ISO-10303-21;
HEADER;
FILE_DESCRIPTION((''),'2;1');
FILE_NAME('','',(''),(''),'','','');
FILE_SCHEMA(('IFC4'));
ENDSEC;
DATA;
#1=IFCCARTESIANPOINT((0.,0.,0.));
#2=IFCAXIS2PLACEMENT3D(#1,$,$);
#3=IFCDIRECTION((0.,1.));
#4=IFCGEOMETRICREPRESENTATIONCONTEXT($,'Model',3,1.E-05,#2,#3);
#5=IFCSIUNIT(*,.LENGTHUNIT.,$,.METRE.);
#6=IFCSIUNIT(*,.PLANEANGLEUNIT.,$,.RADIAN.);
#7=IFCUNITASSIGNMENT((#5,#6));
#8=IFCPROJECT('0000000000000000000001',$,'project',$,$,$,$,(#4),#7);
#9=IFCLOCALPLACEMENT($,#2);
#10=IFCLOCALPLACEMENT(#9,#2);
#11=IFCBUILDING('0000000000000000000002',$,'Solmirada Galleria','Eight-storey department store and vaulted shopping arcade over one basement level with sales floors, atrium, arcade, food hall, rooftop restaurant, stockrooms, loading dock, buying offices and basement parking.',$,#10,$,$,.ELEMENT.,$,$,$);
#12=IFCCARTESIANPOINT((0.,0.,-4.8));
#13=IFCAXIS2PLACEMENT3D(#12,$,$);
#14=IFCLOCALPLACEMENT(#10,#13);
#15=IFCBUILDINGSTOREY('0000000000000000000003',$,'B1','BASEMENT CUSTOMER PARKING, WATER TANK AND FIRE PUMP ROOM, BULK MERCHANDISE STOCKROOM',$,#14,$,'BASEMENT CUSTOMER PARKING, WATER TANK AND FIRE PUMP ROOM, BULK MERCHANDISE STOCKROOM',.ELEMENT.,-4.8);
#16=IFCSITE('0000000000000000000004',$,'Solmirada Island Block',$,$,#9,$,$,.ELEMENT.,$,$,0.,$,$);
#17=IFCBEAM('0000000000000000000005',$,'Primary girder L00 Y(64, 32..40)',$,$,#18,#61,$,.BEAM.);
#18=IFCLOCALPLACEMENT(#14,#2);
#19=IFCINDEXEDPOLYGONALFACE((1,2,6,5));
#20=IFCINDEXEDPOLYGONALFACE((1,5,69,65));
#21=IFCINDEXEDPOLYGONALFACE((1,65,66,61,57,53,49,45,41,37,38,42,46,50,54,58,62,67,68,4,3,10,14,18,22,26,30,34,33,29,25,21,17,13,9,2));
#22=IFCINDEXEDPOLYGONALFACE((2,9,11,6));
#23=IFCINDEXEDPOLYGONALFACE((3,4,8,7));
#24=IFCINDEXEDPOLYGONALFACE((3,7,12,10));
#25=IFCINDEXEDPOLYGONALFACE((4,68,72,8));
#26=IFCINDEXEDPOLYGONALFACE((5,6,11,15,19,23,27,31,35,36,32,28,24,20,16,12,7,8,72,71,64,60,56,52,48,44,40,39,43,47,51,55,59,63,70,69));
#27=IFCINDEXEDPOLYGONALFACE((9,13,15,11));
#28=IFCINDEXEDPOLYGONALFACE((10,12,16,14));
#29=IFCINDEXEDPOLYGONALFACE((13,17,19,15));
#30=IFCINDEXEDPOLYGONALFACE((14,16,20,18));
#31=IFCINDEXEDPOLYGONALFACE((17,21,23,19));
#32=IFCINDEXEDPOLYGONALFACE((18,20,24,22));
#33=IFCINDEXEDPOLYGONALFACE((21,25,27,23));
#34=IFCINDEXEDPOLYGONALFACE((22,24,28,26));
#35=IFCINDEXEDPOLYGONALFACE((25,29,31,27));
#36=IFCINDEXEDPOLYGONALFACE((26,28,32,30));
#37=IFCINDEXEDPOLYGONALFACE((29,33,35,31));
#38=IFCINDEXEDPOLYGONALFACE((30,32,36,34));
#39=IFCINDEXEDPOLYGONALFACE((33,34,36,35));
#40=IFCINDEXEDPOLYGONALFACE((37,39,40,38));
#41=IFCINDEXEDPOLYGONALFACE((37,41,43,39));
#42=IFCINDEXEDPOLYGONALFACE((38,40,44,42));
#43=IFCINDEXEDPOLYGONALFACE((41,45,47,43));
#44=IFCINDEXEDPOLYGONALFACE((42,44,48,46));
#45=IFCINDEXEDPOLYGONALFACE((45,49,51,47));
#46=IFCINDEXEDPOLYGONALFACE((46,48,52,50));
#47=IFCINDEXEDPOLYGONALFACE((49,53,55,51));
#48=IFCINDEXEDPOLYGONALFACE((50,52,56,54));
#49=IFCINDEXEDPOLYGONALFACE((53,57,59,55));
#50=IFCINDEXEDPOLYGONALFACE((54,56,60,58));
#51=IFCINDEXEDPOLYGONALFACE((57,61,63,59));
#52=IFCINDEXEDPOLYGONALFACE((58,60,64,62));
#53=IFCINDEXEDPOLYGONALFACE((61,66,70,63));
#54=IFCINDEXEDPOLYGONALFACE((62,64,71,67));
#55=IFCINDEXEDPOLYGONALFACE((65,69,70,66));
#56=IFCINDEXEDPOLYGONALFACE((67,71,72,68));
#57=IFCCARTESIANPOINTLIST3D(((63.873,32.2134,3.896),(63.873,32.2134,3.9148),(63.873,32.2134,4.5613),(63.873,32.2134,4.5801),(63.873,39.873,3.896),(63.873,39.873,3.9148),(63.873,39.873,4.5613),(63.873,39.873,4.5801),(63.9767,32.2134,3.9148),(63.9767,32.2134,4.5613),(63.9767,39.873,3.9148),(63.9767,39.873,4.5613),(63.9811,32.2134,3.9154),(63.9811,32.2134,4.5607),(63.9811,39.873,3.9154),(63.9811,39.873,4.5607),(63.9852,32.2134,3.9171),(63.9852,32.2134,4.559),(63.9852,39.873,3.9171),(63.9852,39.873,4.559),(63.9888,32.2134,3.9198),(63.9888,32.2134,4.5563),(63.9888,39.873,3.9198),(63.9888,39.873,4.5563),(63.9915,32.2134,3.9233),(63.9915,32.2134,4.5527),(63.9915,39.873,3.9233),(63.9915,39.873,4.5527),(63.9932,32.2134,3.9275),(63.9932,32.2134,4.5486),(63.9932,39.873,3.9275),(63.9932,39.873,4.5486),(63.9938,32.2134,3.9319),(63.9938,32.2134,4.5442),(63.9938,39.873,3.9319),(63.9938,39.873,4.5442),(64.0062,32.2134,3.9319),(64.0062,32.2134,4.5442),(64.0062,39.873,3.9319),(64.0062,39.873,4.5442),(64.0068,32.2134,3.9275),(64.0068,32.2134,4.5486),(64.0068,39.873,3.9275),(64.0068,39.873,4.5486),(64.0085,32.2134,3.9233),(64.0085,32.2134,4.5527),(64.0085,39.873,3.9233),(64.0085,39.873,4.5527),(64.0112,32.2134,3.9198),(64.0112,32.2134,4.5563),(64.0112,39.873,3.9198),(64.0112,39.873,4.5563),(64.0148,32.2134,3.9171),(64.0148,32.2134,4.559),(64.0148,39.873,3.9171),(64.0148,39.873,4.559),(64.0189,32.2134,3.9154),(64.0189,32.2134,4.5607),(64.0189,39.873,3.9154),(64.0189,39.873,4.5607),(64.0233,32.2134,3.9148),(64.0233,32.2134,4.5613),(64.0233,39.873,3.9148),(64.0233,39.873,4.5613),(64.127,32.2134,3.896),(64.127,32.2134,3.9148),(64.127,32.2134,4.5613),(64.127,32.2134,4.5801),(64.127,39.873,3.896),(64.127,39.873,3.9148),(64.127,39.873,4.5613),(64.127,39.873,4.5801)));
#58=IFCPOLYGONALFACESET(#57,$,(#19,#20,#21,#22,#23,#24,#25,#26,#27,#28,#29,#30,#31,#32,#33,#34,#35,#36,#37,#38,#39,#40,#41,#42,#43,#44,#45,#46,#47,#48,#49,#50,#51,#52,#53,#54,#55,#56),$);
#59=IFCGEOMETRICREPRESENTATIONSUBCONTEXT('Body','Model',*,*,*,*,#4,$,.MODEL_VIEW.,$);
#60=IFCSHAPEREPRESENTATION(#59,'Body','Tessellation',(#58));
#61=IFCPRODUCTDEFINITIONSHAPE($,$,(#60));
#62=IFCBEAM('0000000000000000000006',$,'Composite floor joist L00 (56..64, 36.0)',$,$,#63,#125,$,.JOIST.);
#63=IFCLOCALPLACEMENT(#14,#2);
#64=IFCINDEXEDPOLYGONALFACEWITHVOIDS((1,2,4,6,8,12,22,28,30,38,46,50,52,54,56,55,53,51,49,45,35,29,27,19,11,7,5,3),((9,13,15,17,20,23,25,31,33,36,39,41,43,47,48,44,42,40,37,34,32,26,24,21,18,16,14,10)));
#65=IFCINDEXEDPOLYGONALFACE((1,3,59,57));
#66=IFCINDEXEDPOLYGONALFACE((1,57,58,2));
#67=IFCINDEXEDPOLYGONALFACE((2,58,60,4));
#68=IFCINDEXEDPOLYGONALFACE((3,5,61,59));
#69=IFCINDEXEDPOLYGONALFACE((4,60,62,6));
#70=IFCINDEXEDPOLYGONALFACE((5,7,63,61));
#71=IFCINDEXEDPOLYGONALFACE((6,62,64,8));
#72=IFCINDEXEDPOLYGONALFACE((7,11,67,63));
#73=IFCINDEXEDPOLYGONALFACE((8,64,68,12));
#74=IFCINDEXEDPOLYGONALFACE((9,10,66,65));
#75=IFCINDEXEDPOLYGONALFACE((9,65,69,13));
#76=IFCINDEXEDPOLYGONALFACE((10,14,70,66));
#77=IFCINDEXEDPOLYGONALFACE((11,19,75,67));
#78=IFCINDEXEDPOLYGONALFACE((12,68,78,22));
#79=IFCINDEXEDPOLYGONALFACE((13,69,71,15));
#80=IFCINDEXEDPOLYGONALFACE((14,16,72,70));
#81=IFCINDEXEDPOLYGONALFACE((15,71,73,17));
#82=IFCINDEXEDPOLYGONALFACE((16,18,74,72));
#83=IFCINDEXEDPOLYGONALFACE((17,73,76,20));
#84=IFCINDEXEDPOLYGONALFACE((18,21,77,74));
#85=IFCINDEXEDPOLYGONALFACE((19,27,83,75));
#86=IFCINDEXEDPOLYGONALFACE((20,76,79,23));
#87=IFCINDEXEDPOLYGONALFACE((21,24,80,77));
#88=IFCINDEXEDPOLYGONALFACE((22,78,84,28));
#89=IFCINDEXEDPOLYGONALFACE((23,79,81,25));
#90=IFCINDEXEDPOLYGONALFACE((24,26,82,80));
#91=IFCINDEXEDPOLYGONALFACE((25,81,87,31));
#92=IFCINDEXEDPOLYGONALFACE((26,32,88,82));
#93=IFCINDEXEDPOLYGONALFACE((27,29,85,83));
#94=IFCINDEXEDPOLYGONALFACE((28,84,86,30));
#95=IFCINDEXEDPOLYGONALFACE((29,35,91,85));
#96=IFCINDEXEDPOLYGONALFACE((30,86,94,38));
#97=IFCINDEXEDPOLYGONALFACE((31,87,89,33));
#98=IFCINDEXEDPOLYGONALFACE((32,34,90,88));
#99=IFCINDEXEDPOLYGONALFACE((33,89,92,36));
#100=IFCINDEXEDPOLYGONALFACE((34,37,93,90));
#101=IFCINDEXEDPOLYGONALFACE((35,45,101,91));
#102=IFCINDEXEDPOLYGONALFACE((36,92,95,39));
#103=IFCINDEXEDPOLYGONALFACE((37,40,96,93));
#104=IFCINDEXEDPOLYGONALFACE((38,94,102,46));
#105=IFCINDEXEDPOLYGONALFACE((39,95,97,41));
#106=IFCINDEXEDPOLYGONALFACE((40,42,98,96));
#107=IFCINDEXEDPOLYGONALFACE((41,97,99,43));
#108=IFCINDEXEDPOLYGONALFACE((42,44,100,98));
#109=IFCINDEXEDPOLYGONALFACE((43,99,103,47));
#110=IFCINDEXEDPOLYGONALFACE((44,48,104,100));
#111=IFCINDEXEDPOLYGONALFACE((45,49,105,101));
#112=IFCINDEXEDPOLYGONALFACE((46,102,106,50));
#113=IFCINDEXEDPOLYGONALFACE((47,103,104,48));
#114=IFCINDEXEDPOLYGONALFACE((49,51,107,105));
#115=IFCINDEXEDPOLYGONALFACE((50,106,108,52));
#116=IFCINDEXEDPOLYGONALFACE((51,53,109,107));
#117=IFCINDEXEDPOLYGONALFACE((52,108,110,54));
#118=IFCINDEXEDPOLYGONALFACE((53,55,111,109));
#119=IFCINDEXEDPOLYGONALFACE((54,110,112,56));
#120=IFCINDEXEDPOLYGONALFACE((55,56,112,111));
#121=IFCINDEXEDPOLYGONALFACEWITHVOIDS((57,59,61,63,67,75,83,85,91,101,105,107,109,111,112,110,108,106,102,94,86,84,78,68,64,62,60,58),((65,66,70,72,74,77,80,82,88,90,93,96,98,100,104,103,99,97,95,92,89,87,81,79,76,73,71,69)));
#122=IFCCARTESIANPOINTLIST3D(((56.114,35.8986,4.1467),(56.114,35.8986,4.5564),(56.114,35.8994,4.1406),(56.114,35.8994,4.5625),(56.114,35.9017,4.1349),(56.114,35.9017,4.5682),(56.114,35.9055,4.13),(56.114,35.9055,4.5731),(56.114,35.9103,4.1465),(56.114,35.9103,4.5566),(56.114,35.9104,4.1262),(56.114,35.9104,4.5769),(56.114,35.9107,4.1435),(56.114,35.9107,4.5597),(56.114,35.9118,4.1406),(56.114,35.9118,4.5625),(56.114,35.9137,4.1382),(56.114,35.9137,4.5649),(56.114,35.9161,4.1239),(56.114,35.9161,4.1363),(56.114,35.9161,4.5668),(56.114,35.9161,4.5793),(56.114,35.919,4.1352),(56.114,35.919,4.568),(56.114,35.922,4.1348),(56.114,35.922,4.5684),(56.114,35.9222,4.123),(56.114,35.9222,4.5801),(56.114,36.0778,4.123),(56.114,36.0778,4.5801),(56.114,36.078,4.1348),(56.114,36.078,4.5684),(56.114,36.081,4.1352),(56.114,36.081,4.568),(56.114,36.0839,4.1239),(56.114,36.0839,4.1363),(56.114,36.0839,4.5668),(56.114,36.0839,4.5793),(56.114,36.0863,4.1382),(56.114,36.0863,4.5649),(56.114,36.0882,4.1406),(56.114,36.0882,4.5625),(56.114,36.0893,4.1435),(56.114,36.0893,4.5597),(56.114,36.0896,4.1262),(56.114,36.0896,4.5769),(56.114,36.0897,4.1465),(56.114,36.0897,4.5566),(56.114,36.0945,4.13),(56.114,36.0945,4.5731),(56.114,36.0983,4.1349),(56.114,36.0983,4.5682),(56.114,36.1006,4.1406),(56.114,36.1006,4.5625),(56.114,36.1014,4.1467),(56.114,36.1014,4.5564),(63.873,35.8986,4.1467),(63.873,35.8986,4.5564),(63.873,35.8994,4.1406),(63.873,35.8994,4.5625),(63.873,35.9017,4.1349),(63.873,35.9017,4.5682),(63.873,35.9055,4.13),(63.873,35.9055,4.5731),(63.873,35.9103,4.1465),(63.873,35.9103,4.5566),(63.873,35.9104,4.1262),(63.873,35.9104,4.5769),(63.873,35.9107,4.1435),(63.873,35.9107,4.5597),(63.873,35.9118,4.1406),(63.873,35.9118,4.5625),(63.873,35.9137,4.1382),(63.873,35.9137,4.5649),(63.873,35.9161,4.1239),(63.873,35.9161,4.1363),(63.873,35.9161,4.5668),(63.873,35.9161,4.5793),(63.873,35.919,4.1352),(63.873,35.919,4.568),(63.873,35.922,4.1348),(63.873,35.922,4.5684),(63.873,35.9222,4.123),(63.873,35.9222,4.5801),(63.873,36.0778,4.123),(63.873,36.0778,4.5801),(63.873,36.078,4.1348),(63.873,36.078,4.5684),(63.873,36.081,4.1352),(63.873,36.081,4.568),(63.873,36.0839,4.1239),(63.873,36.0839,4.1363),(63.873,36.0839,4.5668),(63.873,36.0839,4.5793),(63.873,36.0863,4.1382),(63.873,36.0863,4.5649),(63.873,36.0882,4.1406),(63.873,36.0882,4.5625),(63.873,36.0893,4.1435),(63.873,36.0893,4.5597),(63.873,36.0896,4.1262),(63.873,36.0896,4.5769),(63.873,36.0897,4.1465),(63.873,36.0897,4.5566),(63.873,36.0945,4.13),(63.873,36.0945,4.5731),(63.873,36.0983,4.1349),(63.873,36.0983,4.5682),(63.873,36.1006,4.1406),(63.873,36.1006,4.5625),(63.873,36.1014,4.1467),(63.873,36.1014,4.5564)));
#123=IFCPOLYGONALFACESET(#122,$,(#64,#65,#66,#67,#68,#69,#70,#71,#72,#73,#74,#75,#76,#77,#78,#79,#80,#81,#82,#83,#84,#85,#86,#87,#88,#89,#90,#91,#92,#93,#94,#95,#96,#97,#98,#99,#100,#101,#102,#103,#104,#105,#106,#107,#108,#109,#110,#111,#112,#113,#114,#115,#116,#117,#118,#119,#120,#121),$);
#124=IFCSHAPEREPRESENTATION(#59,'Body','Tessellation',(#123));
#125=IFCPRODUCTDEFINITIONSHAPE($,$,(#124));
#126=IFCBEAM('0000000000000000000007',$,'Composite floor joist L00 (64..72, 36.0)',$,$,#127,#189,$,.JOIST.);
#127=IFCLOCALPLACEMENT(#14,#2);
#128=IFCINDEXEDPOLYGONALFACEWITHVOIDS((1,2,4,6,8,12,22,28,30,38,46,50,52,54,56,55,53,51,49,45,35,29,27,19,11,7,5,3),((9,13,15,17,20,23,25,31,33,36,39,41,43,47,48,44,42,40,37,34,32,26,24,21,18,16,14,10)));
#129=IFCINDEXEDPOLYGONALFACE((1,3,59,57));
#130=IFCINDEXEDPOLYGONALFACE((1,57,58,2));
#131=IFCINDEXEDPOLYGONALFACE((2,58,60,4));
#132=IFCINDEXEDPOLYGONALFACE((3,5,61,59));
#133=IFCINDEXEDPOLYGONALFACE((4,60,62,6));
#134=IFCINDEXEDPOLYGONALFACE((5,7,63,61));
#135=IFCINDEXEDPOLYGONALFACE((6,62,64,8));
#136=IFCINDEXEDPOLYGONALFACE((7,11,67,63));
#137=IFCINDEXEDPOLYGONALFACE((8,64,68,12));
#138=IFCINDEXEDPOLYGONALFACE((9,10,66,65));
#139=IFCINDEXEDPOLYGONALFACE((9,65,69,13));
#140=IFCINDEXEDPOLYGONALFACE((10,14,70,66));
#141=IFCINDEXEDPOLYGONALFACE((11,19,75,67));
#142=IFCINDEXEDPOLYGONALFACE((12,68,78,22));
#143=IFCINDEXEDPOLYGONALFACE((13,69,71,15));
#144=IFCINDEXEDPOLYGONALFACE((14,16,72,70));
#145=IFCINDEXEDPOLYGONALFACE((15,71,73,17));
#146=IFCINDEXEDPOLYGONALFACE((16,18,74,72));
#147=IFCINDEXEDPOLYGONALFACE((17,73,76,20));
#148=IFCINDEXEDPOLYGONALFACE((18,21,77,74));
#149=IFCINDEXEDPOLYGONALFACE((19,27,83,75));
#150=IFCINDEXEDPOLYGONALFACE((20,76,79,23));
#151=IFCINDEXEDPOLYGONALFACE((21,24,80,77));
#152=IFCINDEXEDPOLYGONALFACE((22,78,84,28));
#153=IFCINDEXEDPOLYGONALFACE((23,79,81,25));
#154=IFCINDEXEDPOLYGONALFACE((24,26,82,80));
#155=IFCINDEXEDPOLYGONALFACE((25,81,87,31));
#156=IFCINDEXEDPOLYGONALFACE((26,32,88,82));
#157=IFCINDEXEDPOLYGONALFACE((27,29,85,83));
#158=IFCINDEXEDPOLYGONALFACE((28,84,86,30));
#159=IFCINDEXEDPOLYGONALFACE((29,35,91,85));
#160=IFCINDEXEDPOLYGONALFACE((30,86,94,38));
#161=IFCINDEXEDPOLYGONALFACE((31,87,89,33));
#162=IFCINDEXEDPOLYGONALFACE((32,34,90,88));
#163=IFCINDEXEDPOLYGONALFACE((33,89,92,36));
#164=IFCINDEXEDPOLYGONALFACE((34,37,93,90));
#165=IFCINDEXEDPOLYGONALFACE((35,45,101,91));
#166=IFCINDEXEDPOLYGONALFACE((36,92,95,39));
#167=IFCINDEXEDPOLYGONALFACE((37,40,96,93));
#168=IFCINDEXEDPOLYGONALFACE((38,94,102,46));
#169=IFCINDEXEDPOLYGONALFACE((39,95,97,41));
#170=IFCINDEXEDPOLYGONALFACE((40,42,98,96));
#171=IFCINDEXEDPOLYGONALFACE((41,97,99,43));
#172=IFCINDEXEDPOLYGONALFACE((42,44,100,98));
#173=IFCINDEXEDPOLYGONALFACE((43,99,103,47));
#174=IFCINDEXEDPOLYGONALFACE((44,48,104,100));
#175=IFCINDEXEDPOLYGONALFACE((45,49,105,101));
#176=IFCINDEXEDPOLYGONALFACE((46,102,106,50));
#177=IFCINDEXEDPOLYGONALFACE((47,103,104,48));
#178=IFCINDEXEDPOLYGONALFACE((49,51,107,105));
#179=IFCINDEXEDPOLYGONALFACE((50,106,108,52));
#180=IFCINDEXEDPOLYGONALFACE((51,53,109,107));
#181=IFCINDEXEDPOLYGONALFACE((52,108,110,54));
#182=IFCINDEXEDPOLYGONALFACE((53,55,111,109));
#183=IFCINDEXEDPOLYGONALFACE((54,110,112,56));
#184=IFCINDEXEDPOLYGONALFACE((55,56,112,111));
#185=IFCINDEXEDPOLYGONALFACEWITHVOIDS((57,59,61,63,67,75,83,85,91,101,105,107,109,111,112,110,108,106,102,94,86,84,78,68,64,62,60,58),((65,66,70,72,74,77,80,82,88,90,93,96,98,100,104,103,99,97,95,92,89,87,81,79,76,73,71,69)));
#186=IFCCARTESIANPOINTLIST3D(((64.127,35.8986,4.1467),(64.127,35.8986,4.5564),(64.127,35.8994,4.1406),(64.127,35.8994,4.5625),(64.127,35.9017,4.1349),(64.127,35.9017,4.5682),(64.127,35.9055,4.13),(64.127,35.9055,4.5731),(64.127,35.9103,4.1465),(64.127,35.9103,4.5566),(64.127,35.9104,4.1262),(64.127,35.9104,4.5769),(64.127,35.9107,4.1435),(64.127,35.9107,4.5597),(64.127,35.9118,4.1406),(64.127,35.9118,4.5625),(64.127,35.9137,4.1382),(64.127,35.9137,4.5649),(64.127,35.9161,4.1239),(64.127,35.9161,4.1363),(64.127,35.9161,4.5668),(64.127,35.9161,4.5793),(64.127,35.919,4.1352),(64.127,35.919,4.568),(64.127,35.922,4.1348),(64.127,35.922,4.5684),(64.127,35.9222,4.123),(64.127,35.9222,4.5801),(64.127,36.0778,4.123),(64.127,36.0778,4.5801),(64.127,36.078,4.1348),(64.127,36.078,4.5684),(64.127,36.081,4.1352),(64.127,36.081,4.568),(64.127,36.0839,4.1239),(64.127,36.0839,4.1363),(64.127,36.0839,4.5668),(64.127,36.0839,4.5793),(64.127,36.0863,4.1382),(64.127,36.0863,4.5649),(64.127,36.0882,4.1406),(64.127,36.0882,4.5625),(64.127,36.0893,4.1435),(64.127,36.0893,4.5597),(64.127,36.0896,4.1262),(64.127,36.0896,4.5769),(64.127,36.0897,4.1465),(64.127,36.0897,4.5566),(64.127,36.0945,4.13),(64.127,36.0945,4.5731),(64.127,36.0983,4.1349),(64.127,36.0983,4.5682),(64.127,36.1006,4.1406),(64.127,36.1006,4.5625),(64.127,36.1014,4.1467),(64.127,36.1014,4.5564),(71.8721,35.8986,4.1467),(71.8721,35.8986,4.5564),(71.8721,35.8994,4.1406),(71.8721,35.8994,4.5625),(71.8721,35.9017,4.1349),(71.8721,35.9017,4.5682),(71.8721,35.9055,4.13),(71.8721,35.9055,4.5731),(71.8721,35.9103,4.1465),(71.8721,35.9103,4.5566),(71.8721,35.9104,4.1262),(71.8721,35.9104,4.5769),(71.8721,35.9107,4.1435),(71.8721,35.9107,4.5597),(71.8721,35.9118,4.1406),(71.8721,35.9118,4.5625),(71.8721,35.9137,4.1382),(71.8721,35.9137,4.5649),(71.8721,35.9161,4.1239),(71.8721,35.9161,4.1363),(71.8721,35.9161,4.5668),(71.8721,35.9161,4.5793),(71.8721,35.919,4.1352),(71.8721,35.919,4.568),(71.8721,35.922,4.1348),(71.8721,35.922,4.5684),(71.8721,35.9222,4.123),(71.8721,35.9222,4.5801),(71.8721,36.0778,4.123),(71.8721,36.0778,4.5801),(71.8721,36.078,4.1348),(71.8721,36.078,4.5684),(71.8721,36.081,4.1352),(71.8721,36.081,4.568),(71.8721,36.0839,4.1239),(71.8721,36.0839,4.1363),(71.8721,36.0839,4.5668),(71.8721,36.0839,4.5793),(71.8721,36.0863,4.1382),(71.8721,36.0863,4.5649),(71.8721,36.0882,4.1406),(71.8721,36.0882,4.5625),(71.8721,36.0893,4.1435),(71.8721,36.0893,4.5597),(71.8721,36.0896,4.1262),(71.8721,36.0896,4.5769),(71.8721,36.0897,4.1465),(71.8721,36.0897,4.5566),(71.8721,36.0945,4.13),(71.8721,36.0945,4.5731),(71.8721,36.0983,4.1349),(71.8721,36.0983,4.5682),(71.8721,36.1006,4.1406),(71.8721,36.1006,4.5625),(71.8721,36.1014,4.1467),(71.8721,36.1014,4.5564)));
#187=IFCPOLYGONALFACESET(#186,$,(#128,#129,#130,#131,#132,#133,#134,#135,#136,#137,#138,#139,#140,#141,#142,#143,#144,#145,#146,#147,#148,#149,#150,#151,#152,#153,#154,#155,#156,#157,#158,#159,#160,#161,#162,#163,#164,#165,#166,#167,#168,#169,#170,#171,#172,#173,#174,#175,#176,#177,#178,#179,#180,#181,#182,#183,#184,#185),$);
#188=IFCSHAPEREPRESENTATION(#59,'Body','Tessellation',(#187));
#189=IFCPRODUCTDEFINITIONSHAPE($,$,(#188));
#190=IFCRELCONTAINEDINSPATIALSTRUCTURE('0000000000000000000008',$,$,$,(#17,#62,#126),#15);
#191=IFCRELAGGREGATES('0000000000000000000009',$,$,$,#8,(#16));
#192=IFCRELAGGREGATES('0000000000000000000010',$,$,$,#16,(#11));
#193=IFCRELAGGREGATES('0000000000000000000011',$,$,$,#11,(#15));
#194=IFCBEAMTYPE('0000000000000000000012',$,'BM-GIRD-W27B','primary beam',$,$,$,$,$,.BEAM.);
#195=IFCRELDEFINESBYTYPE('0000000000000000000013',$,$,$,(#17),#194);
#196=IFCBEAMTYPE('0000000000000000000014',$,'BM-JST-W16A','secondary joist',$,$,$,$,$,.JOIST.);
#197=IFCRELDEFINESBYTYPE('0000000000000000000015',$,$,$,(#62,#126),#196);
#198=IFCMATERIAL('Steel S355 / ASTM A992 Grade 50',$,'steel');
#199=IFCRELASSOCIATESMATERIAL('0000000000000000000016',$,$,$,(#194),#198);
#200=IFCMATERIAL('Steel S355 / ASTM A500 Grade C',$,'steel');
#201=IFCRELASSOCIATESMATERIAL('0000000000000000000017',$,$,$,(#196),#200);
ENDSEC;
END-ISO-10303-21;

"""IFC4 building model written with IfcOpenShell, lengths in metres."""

from ifc_helpers import new_model, si_unit, direction, frame, origin, origin_2d, place, context, subcontext, project, spatial, hollow_rectangle, i_section, extrude, material, material_profile, profile_set, type_object, element, save


model = new_model("IFC4")

# Units and contexts
model_context = context("Model", 3, precision=1e-05, world=origin(), true_north=direction((0.0, 1.0)))
body_context = subcontext(model_context, "Body", "Model", "MODEL_VIEW")
ifc_project = project(units=[si_unit("LENGTHUNIT", "METRE"), si_unit("PLANEANGLEUNIT", "RADIAN")], contexts=[model_context])

# Site, building, storey
site_placement = place(None, origin())
site = spatial("IfcSite", under=ifc_project, at=site_placement, Name="Solmirada Island Block", CompositionType="ELEMENT", RefElevation=0.0)
building_placement = place(site_placement, origin())
building = spatial("IfcBuilding", under=site, at=building_placement, Name="Solmirada Galleria", Description="Eight-storey department store and vaulted shopping arcade over one basement level with sales floors, atrium, arcade, food hall, rooftop restaurant, stockrooms, loading dock, buying offices and basement parking.", CompositionType="ELEMENT")
storey_placement = place(building_placement, frame((0.0, 0.0, -4.8)))
storey = spatial("IfcBuildingStorey", under=building, at=storey_placement, Name="B1", Description="BASEMENT CUSTOMER PARKING, WATER TANK AND FIRE PUMP ROOM, BULK MERCHANDISE STOCKROOM", LongName="BASEMENT CUSTOMER PARKING, WATER TANK AND FIRE PUMP ROOM, BULK MERCHANDISE STOCKROOM", CompositionType="ELEMENT", Elevation=-4.8)

# Shared definitions
ifc_material_1 = material(Name="Steel S355 / ASTM A500 Grade C", Category="steel")

# Beams
ifc_material_2 = material(Name="Steel S355 / ASTM A992 Grade 50", Category="steel")
ifc_material_profile_1 = material_profile(ifc_material_2, i_section(OverallWidth=0.2539, OverallDepth=0.6841, WebThickness=0.0125, FlangeThickness=0.0188, FilletRadius=0.0171, at=origin_2d()), Name="W27X94")
ifc_profile_set_1 = profile_set([ifc_material_profile_1], Name="Steel S355 / ASTM A992 Grade 50")
beam_type_1 = type_object("IfcBeamType", Name="BM-GIRD-W27B", Description="primary beam", PredefinedType="BEAM", material=ifc_profile_set_1)
beam_1_placement = place(storey_placement, frame((64.0, 32.2134, 4.238), z_axis=(0.0, 1.0, 0.0), x_axis=(-1.0, 0.0, 0.0)))
element("IfcBeam", 1, at=beam_1_placement, inside=storey, type_object=beam_type_1, Name="Primary girder L00 Y(64, 32..40)", PredefinedType="BEAM", context=body_context, shape_type="SweptSolid", body=[
    extrude(i_section(OverallWidth=0.2539, OverallDepth=0.6841, WebThickness=0.0125, FlangeThickness=0.0188, FilletRadius=0.0171, at=origin_2d()), origin(), (0.0, 0.0, 1.0), 7.6597),
])
ifc_material_profile_2 = material_profile(ifc_material_1, hollow_rectangle(XDim=0.2029, YDim=0.457, WallThickness=0.0117, InnerFilletRadius=0.0117, OuterFilletRadius=0.0237, at=origin_2d()), Name="HSS18X8X1/2")
ifc_profile_set_2 = profile_set([ifc_material_profile_2], Name="Steel S355 / ASTM A500 Grade C")
beam_type_2 = type_object("IfcBeamType", Name="BM-JST-W16A", Description="secondary joist", PredefinedType="JOIST", material=ifc_profile_set_2)
beam_2_placement = place(storey_placement, frame((56.114, 36.0, 4.3516), z_axis=(1.0, 0.0, 0.0), x_axis=(0.0, 1.0, 0.0)))
element("IfcBeam", 2, at=beam_2_placement, inside=storey, type_object=beam_type_2, Name="Composite floor joist L00 (56..64, 36.0)", PredefinedType="JOIST", context=body_context, shape_type="SweptSolid", body=[
    extrude(hollow_rectangle(XDim=0.2029, YDim=0.457, WallThickness=0.0117, InnerFilletRadius=0.0117, OuterFilletRadius=0.0237, at=origin_2d()), origin(), (0.0, 0.0, 1.0), 7.759),
])
beam_3_placement = place(storey_placement, frame((64.127, 36.0, 4.3516), z_axis=(1.0, 0.0, 0.0), x_axis=(0.0, 1.0, 0.0)))
element("IfcBeam", 3, at=beam_3_placement, inside=storey, type_object=beam_type_2, Name="Composite floor joist L00 (64..72, 36.0)", PredefinedType="JOIST", context=body_context, shape_type="SweptSolid", body=[
    extrude(hollow_rectangle(XDim=0.2029, YDim=0.457, WallThickness=0.0117, InnerFilletRadius=0.0117, OuterFilletRadius=0.0237, at=origin_2d()), origin(), (0.0, 0.0, 1.0), 7.7451),
])

save(model, "model.ifc")
